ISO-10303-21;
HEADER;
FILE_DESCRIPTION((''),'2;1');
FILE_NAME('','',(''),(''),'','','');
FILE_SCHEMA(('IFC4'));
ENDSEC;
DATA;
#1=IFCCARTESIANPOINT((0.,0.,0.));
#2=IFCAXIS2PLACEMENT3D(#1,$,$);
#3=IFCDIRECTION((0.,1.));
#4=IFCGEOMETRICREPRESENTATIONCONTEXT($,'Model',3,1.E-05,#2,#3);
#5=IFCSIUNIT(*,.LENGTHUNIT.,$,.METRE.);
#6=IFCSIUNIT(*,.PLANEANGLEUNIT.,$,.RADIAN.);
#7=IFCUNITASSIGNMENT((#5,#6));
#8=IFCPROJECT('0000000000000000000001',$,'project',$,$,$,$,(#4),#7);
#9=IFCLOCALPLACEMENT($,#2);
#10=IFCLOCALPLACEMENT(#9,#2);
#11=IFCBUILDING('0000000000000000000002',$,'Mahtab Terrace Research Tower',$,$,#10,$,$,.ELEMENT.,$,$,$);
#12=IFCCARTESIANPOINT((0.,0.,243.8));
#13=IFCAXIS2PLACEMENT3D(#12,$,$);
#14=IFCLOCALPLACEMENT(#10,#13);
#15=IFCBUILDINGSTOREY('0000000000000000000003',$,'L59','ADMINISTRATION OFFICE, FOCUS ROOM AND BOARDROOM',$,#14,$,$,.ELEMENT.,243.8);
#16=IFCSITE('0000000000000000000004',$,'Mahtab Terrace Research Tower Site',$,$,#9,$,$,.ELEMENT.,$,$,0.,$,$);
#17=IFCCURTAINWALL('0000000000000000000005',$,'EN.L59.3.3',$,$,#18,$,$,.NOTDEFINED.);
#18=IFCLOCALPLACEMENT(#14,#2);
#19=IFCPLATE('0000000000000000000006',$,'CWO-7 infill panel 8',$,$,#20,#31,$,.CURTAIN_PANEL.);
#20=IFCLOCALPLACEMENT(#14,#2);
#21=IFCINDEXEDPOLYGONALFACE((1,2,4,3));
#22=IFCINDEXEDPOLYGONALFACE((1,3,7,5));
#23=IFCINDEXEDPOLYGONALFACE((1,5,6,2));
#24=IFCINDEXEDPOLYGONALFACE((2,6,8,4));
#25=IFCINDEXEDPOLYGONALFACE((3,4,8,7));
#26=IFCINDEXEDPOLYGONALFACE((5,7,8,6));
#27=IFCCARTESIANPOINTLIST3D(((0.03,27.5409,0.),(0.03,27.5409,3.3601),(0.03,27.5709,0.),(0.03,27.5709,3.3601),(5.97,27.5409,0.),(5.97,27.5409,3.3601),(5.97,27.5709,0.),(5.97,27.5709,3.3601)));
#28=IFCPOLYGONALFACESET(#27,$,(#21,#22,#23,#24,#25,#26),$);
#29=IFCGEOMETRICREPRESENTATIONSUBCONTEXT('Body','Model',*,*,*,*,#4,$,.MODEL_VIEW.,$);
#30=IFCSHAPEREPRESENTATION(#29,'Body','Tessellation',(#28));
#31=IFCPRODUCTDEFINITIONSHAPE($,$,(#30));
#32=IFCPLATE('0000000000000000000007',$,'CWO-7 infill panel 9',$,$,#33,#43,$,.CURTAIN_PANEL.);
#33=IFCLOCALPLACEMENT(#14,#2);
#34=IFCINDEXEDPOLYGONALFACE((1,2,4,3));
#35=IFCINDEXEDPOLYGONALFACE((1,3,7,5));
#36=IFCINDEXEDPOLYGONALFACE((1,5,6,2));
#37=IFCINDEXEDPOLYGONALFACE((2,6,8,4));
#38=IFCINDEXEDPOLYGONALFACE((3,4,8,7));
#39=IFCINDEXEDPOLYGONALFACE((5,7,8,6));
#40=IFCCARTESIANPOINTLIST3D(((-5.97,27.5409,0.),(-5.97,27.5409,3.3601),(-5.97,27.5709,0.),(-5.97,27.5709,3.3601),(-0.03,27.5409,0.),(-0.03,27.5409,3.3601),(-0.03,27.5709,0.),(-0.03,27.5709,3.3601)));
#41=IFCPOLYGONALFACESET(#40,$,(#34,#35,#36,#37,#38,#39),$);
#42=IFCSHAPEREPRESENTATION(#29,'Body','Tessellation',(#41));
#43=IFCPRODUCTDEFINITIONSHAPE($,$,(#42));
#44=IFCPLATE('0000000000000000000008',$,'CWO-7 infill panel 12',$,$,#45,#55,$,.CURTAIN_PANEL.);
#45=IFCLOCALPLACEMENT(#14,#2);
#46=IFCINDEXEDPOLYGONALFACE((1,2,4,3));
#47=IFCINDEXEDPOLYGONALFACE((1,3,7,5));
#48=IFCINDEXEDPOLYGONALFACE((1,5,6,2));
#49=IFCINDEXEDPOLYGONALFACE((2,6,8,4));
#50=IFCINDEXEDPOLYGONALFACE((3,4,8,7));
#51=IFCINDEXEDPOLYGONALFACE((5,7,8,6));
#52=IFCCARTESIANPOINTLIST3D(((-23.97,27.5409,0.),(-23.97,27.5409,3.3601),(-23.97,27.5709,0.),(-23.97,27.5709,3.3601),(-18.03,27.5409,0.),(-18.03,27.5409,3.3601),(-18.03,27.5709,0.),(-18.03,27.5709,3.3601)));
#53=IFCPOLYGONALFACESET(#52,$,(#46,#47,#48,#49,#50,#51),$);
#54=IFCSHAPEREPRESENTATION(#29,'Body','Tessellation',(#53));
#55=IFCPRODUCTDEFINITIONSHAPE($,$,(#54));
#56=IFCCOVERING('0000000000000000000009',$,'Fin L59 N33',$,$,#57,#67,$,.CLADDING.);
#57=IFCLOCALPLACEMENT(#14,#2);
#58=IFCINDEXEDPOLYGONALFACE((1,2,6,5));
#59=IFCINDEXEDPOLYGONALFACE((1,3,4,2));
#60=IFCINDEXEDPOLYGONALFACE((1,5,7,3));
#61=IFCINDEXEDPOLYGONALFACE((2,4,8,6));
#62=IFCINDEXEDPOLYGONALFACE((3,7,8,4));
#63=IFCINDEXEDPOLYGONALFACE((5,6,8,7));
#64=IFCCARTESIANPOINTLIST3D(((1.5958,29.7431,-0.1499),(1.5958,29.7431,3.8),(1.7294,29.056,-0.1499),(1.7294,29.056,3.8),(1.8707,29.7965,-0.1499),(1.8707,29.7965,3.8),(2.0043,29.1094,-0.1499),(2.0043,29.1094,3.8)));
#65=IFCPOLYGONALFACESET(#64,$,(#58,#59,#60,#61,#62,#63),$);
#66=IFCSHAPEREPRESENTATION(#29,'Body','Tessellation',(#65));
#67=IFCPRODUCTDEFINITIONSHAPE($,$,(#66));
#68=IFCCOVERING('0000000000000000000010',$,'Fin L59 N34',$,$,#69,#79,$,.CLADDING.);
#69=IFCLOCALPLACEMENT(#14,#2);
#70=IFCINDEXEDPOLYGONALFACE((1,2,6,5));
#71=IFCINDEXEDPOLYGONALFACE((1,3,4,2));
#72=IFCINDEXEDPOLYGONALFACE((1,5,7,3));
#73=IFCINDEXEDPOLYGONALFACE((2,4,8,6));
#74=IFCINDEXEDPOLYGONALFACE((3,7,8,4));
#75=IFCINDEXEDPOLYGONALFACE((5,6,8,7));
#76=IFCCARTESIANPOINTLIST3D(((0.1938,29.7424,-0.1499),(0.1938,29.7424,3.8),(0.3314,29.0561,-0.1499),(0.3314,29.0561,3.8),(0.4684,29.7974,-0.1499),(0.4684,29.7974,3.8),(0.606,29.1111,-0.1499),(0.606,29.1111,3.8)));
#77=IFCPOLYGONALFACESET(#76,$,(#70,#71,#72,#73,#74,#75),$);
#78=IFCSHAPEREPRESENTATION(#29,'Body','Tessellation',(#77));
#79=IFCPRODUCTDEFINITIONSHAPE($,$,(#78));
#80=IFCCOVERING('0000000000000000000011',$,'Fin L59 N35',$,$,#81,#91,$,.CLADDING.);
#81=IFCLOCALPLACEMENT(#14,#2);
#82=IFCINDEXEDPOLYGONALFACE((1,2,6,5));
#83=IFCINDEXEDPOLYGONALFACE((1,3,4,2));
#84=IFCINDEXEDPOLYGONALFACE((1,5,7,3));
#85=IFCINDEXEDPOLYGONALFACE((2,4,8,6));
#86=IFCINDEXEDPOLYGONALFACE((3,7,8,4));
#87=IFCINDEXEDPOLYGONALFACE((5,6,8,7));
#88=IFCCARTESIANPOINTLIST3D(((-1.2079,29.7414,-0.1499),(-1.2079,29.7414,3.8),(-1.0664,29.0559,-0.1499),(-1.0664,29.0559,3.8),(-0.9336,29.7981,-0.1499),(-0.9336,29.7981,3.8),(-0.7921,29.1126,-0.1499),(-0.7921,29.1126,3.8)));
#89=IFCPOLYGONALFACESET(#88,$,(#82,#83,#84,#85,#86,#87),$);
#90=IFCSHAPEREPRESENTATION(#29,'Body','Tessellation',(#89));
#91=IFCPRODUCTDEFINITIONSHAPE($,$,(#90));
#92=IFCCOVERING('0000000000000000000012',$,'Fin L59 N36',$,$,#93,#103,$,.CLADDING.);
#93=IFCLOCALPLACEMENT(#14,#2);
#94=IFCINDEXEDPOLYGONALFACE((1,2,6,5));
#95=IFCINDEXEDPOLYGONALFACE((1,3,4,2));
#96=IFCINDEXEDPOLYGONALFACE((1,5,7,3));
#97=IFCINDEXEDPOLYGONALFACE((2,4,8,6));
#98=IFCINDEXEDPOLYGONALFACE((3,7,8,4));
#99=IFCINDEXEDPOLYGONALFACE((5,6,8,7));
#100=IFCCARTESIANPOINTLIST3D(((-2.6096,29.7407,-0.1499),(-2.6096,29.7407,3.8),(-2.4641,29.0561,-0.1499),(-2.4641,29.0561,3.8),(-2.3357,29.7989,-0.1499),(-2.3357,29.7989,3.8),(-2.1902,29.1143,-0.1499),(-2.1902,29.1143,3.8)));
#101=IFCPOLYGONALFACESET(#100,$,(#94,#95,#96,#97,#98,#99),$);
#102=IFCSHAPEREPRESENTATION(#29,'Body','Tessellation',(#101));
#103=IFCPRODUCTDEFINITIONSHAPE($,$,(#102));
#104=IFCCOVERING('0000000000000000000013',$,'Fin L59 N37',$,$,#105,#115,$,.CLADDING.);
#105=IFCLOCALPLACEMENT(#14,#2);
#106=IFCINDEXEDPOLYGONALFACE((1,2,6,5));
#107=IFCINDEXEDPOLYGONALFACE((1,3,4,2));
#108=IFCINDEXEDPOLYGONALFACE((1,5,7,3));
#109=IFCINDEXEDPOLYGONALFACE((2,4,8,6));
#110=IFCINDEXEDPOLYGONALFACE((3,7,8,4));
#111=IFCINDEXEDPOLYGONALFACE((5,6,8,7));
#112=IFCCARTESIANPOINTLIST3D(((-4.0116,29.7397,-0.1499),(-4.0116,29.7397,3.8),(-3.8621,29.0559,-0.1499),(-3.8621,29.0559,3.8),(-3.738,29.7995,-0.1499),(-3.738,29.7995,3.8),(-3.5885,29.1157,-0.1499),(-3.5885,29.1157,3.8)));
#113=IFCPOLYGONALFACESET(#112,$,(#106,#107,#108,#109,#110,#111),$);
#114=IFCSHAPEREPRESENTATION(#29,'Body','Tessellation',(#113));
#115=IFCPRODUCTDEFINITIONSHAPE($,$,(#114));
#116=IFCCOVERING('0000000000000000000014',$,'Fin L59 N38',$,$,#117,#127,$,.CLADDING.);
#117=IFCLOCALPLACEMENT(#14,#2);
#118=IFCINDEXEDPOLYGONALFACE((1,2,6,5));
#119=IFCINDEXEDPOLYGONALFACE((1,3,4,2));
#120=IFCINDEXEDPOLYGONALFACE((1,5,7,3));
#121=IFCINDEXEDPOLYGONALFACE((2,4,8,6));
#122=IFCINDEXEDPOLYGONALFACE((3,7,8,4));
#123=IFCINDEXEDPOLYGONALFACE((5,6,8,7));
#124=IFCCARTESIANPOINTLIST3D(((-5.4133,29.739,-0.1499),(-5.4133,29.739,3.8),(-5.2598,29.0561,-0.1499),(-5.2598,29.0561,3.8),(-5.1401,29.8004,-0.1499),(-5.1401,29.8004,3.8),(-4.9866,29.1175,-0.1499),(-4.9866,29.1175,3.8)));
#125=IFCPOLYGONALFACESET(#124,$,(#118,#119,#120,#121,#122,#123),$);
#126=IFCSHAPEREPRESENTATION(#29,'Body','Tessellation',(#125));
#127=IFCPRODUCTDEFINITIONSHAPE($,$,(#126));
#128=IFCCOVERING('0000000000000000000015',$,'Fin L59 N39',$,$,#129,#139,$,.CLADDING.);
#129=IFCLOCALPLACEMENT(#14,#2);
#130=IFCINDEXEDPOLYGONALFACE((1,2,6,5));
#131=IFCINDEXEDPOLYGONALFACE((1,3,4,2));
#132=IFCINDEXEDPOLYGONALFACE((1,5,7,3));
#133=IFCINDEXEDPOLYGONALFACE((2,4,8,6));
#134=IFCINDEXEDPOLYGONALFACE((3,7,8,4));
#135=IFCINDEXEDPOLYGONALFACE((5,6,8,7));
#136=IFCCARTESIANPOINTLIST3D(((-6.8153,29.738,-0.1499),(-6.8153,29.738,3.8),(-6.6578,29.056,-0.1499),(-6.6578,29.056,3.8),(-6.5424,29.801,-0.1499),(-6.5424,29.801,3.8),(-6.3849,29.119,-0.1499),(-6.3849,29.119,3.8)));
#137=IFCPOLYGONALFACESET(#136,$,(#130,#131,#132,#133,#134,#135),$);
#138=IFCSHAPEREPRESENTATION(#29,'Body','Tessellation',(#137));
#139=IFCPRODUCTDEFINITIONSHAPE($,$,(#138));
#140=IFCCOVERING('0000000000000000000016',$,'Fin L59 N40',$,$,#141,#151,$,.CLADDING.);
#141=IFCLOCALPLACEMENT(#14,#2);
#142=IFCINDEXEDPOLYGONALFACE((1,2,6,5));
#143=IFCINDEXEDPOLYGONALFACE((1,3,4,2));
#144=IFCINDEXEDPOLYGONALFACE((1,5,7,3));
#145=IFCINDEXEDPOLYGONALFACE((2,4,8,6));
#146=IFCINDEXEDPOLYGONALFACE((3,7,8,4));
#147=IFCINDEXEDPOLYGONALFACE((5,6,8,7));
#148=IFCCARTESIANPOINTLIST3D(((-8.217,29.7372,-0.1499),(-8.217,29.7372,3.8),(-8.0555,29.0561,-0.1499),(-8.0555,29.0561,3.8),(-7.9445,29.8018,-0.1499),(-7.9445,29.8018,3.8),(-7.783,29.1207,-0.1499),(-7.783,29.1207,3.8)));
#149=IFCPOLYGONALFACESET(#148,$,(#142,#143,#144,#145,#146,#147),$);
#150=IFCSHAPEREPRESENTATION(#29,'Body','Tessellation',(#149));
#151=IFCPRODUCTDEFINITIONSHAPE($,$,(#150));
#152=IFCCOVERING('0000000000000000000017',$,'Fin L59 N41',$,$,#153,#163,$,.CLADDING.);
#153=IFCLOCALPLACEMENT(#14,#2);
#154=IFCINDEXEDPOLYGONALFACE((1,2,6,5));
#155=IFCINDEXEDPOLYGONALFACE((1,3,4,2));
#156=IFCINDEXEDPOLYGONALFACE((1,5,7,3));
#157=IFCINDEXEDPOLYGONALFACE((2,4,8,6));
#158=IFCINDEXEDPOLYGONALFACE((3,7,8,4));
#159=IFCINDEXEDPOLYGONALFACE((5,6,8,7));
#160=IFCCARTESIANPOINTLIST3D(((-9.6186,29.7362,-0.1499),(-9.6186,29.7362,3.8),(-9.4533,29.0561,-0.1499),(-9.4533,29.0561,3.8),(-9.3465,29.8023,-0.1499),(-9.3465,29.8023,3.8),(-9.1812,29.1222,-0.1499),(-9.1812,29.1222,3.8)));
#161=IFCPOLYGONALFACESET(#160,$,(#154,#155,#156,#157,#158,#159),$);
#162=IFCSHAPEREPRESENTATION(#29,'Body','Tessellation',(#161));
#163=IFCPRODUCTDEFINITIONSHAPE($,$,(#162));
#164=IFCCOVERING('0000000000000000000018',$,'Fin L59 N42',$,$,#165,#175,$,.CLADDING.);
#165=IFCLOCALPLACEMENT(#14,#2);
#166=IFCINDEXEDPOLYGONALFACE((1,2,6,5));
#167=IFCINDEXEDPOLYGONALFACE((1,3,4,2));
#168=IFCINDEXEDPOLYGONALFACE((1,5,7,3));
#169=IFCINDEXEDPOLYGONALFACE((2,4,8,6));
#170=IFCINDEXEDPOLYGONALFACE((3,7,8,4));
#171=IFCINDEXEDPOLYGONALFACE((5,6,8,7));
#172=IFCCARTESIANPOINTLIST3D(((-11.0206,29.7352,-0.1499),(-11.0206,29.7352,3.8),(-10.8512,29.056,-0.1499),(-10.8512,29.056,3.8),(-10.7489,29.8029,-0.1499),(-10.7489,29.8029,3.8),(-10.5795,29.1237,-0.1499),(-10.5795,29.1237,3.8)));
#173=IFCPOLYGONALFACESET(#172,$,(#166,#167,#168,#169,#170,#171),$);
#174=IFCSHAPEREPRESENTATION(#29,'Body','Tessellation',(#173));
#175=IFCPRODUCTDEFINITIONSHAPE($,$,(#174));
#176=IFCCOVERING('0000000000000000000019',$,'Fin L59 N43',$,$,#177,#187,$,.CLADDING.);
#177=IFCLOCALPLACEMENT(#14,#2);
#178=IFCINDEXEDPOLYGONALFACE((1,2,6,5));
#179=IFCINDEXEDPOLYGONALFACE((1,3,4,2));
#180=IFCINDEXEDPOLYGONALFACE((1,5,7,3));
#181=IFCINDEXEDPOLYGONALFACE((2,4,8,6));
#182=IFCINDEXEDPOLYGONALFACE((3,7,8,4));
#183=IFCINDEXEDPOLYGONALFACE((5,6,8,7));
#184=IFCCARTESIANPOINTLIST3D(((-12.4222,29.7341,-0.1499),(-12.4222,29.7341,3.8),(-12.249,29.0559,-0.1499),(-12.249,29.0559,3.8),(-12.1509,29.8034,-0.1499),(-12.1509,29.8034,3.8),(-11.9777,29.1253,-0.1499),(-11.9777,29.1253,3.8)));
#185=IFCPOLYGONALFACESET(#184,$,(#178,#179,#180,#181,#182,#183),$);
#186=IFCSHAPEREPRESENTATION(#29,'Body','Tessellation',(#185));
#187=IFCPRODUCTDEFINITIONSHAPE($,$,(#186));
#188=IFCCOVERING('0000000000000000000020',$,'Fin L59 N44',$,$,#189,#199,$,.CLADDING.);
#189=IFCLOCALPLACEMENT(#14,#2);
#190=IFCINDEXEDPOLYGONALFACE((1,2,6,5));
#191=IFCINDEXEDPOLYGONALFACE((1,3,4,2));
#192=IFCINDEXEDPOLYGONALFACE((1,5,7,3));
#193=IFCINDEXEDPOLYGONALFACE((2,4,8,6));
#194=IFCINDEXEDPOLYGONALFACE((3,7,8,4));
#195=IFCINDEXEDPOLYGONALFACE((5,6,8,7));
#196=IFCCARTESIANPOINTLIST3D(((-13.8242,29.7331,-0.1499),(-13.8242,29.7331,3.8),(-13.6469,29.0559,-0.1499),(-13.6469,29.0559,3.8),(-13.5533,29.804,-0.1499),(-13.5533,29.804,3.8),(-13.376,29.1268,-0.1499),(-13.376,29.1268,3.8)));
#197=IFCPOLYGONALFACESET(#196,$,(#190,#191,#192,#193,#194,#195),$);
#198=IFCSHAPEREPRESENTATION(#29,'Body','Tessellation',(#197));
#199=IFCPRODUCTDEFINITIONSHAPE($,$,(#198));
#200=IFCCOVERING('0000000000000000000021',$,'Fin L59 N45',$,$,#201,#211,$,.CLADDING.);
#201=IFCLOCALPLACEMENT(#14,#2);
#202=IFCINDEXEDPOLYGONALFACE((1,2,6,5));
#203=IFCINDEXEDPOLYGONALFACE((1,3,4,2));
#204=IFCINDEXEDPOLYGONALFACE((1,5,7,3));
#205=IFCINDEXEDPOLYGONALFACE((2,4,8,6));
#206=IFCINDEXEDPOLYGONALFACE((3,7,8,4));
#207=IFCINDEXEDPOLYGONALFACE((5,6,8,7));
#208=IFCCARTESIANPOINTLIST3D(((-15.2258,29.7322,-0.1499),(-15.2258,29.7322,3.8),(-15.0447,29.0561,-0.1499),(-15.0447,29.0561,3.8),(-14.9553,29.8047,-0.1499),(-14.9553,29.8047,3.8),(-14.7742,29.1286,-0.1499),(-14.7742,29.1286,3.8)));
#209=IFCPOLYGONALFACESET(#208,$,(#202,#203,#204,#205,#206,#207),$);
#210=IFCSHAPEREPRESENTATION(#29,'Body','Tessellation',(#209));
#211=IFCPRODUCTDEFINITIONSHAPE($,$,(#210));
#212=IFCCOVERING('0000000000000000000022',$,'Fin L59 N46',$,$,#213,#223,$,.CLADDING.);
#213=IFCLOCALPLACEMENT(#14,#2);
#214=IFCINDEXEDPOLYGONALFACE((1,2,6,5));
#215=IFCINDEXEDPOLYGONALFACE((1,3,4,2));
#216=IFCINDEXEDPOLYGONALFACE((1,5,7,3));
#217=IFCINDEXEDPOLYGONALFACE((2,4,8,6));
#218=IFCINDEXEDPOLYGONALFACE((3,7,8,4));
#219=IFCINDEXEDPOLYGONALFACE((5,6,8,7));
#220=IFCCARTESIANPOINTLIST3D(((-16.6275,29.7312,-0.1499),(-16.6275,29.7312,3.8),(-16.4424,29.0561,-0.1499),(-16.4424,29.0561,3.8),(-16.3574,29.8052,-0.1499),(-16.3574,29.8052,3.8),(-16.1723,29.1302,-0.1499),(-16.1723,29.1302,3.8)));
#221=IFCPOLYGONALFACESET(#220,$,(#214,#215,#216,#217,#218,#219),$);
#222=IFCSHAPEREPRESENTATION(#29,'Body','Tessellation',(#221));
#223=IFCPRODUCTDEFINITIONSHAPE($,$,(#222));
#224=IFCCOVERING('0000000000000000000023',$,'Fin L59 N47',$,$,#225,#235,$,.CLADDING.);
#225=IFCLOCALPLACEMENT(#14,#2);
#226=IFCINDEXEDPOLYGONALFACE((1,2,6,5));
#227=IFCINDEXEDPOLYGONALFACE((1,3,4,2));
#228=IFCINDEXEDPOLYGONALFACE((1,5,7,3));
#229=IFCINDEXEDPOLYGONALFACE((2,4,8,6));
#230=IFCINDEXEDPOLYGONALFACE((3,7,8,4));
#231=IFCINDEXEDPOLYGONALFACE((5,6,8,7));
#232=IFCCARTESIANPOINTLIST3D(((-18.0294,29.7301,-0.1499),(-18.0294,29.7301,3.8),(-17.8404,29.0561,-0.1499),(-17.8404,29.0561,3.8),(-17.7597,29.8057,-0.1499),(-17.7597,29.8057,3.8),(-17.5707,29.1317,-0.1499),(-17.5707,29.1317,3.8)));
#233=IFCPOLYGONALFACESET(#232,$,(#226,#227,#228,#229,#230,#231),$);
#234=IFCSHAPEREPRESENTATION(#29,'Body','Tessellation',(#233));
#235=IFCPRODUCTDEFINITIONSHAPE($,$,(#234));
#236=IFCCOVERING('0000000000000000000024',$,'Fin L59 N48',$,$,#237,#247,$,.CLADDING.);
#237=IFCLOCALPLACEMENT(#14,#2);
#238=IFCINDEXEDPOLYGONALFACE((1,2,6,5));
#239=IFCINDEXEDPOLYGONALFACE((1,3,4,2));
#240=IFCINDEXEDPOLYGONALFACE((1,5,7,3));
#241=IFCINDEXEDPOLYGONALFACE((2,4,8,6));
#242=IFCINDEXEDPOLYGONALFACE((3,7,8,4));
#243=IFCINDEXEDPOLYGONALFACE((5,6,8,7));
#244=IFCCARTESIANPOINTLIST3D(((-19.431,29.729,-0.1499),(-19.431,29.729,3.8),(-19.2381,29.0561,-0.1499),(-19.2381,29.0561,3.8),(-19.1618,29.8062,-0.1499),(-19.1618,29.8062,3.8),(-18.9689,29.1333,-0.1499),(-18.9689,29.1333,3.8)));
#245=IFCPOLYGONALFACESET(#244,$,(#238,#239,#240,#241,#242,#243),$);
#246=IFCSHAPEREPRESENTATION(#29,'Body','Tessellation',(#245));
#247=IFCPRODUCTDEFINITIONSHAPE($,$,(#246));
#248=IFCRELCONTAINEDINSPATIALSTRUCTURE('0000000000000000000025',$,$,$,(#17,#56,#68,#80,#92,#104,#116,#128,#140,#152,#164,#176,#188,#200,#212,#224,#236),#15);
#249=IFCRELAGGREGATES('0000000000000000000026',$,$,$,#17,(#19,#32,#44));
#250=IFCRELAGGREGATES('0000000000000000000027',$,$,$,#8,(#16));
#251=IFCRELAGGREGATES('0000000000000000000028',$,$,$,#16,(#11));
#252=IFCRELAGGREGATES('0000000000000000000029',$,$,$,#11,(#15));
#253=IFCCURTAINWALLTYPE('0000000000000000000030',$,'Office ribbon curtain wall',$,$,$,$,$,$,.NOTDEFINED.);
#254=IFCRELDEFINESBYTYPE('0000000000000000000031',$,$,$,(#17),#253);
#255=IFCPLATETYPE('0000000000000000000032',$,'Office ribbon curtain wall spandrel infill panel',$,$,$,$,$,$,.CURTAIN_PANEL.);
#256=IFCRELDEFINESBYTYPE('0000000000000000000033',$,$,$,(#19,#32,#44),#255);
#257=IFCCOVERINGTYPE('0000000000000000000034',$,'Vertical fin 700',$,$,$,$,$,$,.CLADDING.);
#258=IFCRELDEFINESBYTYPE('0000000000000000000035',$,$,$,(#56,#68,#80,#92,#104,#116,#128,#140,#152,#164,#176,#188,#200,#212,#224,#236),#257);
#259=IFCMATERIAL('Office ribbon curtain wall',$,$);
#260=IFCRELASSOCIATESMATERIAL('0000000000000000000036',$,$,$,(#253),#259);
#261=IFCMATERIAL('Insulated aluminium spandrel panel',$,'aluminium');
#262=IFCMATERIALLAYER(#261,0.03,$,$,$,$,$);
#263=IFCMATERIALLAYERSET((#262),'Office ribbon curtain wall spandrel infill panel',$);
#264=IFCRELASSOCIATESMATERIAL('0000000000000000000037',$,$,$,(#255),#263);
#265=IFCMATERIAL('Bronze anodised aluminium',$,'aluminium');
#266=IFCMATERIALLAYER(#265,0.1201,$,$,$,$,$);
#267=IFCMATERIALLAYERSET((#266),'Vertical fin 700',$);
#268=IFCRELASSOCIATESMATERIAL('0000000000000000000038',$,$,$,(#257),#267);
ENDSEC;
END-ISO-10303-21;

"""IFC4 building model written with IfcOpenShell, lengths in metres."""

from ifc_helpers import new_model, si_unit, direction, frame, origin, origin_2d, place, context, subcontext, project, spatial, rectangle, extrude, material, layer, layer_set, type_object, element, aggregate, save


model = new_model("IFC4")

# Units and contexts
model_context = context("Model", 3, precision=1e-05, world=origin(), true_north=direction((0.0, 1.0)))
body_context = subcontext(model_context, "Body", "Model", "MODEL_VIEW")
ifc_project = project(units=[si_unit("LENGTHUNIT", "METRE"), si_unit("PLANEANGLEUNIT", "RADIAN")], contexts=[model_context])

# Site, building, storey
site_placement = place(None, origin())
site = spatial("IfcSite", under=ifc_project, at=site_placement, Name="Mahtab Terrace Research Tower Site", CompositionType="ELEMENT", RefElevation=0.0)
building_placement = place(site_placement, origin())
building = spatial("IfcBuilding", under=site, at=building_placement, Name="Mahtab Terrace Research Tower", CompositionType="ELEMENT")
storey_placement = place(building_placement, frame((0.0, 0.0, 243.8)))
storey = spatial("IfcBuildingStorey", under=building, at=storey_placement, Name="L59", Description="ADMINISTRATION OFFICE, FOCUS ROOM AND BOARDROOM", CompositionType="ELEMENT", Elevation=243.8)

# Curtain wall, plates
ifc_material_1 = material(Name="Office ribbon curtain wall")
curtain_wall_type = type_object("IfcCurtainWallType", Name="Office ribbon curtain wall", PredefinedType="NOTDEFINED", material=ifc_material_1)
curtain_wall_placement = place(storey_placement, origin())
curtain_wall = element("IfcCurtainWall", 1, at=curtain_wall_placement, inside=storey, type_object=curtain_wall_type, Name="EN.L59.3.3", PredefinedType="NOTDEFINED")
ifc_material_2 = material(Name="Insulated aluminium spandrel panel", Category="aluminium")
ifc_layer_1 = layer(ifc_material_2, 0.03)
ifc_layer_set_1 = layer_set([ifc_layer_1], Name="Office ribbon curtain wall spandrel infill panel")
plate_type_1 = type_object("IfcPlateType", Name="Office ribbon curtain wall spandrel infill panel", PredefinedType="CURTAIN_PANEL", material=ifc_layer_set_1)
plate_1_placement = place(storey_placement, frame((3.0, 27.5559, 0.0), z_axis=(0.0, 0.0, 1.0), x_axis=(-1.0, 0.0, 0.0)))
plate_1 = element("IfcPlate", 2, at=plate_1_placement, type_object=plate_type_1, Name="CWO-7 infill panel 8", PredefinedType="CURTAIN_PANEL", context=body_context, shape_type="SweptSolid", body=[
    extrude(rectangle(XDim=5.9399, YDim=0.03, at=origin_2d()), origin(), (0.0, 0.0, 1.0), 3.3601),
])
plate_2_placement = place(storey_placement, frame((-3.0, 27.5559, 0.0), z_axis=(0.0, 0.0, 1.0), x_axis=(-1.0, 0.0, 0.0)))
plate_2 = element("IfcPlate", 3, at=plate_2_placement, type_object=plate_type_1, Name="CWO-7 infill panel 9", PredefinedType="CURTAIN_PANEL", context=body_context, shape_type="SweptSolid", body=[
    extrude(rectangle(XDim=5.9399, YDim=0.03, at=origin_2d()), origin(), (0.0, 0.0, 1.0), 3.3601),
])
plate_3_placement = place(storey_placement, frame((-21.0, 27.5559, 0.0), z_axis=(0.0, 0.0, 1.0), x_axis=(-1.0, 0.0, 0.0)))
plate_3 = element("IfcPlate", 4, at=plate_3_placement, type_object=plate_type_1, Name="CWO-7 infill panel 12", PredefinedType="CURTAIN_PANEL", context=body_context, shape_type="SweptSolid", body=[
    extrude(rectangle(XDim=5.9399, YDim=0.03, at=origin_2d()), origin(), (0.0, 0.0, 1.0), 3.3601),
])
aggregate(curtain_wall, [plate_1, plate_2, plate_3])

# Coverings
ifc_material_3 = material(Name="Bronze anodised aluminium", Category="aluminium")
ifc_layer_2 = layer(ifc_material_3, 0.1201)
ifc_layer_set_2 = layer_set([ifc_layer_2], Name="Vertical fin 700")
covering_type = type_object("IfcCoveringType", Name="Vertical fin 700", PredefinedType="CLADDING", material=ifc_layer_set_2)
for number, where, z_axis, x_axis, name in (
    (5, (1.8, 29.4263, -0.1499), (0.0, 0.0, 1.0), (-0.981627, -0.190809, 0.0), "Fin L59 N33"),
    (6, (0.3999, 29.4268, -0.1499), (0.0, 0.0, 1.0), (-0.9805, -0.196517, 0.0), "Fin L59 N34"),
    (7, (-1.0, 29.427, -0.1499), (0.0, 0.0, 1.0), (-0.979341, -0.202218, 0.0), "Fin L59 N35"),
    (8, (-2.3999, 29.4275, -0.1499), (0.0, 0.0, 1.0), (-0.978148, -0.207912, 0.0), "Fin L59 N36"),
    (9, (-3.8, 29.4277, -0.1499), (0.0, 0.0, 1.0), (-0.976921, -0.213599, 0.0), "Fin L59 N37"),
    (10, (-5.2, 29.4282, -0.1499), (0.0, 0.0, 1.0), (-0.975662, -0.219279, 0.0), "Fin L59 N38"),
    (11, (-6.6001, 29.4285, -0.1499), (0.0, 0.0, 1.0), (-0.97437, -0.224951, 0.0), "Fin L59 N39"),
    (12, (-8.0, 29.429, -0.1499), (0.0, 0.0, 1.0), (-0.973045, -0.230616, 0.0), "Fin L59 N40"),
    (13, (-9.3999, 29.4292, -0.1499), (0.0, 0.0, 1.0), (-0.971687, -0.236273, 0.0), "Fin L59 N41"),
    (14, (-10.8, 29.4294, -0.1499), (0.0, 0.0, 1.0), (-0.970296, -0.241922, 0.0), "Fin L59 N42"),
    (15, (-12.2, 29.4297, -0.1499), (0.0, 0.0, 1.0), (-0.968872, -0.247563, 0.0), "Fin L59 N43"),
    (16, (-13.6001, 29.4299, -0.1499), (0.0, 0.0, 1.0), (-0.967415, -0.253195, 0.0), "Fin L59 N44"),
    (17, (-15.0, 29.4304, -0.1499), (0.0, 0.0, 1.0), (-0.965926, -0.258819, 0.0), "Fin L59 N45"),
    (18, (-16.3999, 29.4307, -0.1499), (0.0, 0.0, 1.0), (-0.964404, -0.264434, 0.0), "Fin L59 N46"),
    (19, (-17.8, 29.4309, -0.1499), (0.0, 0.0, 1.0), (-0.962849, -0.27004, 0.0), "Fin L59 N47"),
    (20, (-19.2, 29.4312, -0.1499), (0.0, 0.0, 1.0), (-0.961262, -0.275637, 0.0), "Fin L59 N48"),
):
    element("IfcCovering", number, at=place(storey_placement, frame(where, z_axis=z_axis, x_axis=x_axis)), inside=storey, type_object=covering_type, Name=name, PredefinedType="CLADDING", context=body_context, shape_type="SweptSolid", body=[
        extrude(rectangle(XDim=0.28, YDim=0.7, at=origin_2d()), origin(), (0.0, 0.0, 1.0), 3.95),
    ])

save(model, "model.ifc")
